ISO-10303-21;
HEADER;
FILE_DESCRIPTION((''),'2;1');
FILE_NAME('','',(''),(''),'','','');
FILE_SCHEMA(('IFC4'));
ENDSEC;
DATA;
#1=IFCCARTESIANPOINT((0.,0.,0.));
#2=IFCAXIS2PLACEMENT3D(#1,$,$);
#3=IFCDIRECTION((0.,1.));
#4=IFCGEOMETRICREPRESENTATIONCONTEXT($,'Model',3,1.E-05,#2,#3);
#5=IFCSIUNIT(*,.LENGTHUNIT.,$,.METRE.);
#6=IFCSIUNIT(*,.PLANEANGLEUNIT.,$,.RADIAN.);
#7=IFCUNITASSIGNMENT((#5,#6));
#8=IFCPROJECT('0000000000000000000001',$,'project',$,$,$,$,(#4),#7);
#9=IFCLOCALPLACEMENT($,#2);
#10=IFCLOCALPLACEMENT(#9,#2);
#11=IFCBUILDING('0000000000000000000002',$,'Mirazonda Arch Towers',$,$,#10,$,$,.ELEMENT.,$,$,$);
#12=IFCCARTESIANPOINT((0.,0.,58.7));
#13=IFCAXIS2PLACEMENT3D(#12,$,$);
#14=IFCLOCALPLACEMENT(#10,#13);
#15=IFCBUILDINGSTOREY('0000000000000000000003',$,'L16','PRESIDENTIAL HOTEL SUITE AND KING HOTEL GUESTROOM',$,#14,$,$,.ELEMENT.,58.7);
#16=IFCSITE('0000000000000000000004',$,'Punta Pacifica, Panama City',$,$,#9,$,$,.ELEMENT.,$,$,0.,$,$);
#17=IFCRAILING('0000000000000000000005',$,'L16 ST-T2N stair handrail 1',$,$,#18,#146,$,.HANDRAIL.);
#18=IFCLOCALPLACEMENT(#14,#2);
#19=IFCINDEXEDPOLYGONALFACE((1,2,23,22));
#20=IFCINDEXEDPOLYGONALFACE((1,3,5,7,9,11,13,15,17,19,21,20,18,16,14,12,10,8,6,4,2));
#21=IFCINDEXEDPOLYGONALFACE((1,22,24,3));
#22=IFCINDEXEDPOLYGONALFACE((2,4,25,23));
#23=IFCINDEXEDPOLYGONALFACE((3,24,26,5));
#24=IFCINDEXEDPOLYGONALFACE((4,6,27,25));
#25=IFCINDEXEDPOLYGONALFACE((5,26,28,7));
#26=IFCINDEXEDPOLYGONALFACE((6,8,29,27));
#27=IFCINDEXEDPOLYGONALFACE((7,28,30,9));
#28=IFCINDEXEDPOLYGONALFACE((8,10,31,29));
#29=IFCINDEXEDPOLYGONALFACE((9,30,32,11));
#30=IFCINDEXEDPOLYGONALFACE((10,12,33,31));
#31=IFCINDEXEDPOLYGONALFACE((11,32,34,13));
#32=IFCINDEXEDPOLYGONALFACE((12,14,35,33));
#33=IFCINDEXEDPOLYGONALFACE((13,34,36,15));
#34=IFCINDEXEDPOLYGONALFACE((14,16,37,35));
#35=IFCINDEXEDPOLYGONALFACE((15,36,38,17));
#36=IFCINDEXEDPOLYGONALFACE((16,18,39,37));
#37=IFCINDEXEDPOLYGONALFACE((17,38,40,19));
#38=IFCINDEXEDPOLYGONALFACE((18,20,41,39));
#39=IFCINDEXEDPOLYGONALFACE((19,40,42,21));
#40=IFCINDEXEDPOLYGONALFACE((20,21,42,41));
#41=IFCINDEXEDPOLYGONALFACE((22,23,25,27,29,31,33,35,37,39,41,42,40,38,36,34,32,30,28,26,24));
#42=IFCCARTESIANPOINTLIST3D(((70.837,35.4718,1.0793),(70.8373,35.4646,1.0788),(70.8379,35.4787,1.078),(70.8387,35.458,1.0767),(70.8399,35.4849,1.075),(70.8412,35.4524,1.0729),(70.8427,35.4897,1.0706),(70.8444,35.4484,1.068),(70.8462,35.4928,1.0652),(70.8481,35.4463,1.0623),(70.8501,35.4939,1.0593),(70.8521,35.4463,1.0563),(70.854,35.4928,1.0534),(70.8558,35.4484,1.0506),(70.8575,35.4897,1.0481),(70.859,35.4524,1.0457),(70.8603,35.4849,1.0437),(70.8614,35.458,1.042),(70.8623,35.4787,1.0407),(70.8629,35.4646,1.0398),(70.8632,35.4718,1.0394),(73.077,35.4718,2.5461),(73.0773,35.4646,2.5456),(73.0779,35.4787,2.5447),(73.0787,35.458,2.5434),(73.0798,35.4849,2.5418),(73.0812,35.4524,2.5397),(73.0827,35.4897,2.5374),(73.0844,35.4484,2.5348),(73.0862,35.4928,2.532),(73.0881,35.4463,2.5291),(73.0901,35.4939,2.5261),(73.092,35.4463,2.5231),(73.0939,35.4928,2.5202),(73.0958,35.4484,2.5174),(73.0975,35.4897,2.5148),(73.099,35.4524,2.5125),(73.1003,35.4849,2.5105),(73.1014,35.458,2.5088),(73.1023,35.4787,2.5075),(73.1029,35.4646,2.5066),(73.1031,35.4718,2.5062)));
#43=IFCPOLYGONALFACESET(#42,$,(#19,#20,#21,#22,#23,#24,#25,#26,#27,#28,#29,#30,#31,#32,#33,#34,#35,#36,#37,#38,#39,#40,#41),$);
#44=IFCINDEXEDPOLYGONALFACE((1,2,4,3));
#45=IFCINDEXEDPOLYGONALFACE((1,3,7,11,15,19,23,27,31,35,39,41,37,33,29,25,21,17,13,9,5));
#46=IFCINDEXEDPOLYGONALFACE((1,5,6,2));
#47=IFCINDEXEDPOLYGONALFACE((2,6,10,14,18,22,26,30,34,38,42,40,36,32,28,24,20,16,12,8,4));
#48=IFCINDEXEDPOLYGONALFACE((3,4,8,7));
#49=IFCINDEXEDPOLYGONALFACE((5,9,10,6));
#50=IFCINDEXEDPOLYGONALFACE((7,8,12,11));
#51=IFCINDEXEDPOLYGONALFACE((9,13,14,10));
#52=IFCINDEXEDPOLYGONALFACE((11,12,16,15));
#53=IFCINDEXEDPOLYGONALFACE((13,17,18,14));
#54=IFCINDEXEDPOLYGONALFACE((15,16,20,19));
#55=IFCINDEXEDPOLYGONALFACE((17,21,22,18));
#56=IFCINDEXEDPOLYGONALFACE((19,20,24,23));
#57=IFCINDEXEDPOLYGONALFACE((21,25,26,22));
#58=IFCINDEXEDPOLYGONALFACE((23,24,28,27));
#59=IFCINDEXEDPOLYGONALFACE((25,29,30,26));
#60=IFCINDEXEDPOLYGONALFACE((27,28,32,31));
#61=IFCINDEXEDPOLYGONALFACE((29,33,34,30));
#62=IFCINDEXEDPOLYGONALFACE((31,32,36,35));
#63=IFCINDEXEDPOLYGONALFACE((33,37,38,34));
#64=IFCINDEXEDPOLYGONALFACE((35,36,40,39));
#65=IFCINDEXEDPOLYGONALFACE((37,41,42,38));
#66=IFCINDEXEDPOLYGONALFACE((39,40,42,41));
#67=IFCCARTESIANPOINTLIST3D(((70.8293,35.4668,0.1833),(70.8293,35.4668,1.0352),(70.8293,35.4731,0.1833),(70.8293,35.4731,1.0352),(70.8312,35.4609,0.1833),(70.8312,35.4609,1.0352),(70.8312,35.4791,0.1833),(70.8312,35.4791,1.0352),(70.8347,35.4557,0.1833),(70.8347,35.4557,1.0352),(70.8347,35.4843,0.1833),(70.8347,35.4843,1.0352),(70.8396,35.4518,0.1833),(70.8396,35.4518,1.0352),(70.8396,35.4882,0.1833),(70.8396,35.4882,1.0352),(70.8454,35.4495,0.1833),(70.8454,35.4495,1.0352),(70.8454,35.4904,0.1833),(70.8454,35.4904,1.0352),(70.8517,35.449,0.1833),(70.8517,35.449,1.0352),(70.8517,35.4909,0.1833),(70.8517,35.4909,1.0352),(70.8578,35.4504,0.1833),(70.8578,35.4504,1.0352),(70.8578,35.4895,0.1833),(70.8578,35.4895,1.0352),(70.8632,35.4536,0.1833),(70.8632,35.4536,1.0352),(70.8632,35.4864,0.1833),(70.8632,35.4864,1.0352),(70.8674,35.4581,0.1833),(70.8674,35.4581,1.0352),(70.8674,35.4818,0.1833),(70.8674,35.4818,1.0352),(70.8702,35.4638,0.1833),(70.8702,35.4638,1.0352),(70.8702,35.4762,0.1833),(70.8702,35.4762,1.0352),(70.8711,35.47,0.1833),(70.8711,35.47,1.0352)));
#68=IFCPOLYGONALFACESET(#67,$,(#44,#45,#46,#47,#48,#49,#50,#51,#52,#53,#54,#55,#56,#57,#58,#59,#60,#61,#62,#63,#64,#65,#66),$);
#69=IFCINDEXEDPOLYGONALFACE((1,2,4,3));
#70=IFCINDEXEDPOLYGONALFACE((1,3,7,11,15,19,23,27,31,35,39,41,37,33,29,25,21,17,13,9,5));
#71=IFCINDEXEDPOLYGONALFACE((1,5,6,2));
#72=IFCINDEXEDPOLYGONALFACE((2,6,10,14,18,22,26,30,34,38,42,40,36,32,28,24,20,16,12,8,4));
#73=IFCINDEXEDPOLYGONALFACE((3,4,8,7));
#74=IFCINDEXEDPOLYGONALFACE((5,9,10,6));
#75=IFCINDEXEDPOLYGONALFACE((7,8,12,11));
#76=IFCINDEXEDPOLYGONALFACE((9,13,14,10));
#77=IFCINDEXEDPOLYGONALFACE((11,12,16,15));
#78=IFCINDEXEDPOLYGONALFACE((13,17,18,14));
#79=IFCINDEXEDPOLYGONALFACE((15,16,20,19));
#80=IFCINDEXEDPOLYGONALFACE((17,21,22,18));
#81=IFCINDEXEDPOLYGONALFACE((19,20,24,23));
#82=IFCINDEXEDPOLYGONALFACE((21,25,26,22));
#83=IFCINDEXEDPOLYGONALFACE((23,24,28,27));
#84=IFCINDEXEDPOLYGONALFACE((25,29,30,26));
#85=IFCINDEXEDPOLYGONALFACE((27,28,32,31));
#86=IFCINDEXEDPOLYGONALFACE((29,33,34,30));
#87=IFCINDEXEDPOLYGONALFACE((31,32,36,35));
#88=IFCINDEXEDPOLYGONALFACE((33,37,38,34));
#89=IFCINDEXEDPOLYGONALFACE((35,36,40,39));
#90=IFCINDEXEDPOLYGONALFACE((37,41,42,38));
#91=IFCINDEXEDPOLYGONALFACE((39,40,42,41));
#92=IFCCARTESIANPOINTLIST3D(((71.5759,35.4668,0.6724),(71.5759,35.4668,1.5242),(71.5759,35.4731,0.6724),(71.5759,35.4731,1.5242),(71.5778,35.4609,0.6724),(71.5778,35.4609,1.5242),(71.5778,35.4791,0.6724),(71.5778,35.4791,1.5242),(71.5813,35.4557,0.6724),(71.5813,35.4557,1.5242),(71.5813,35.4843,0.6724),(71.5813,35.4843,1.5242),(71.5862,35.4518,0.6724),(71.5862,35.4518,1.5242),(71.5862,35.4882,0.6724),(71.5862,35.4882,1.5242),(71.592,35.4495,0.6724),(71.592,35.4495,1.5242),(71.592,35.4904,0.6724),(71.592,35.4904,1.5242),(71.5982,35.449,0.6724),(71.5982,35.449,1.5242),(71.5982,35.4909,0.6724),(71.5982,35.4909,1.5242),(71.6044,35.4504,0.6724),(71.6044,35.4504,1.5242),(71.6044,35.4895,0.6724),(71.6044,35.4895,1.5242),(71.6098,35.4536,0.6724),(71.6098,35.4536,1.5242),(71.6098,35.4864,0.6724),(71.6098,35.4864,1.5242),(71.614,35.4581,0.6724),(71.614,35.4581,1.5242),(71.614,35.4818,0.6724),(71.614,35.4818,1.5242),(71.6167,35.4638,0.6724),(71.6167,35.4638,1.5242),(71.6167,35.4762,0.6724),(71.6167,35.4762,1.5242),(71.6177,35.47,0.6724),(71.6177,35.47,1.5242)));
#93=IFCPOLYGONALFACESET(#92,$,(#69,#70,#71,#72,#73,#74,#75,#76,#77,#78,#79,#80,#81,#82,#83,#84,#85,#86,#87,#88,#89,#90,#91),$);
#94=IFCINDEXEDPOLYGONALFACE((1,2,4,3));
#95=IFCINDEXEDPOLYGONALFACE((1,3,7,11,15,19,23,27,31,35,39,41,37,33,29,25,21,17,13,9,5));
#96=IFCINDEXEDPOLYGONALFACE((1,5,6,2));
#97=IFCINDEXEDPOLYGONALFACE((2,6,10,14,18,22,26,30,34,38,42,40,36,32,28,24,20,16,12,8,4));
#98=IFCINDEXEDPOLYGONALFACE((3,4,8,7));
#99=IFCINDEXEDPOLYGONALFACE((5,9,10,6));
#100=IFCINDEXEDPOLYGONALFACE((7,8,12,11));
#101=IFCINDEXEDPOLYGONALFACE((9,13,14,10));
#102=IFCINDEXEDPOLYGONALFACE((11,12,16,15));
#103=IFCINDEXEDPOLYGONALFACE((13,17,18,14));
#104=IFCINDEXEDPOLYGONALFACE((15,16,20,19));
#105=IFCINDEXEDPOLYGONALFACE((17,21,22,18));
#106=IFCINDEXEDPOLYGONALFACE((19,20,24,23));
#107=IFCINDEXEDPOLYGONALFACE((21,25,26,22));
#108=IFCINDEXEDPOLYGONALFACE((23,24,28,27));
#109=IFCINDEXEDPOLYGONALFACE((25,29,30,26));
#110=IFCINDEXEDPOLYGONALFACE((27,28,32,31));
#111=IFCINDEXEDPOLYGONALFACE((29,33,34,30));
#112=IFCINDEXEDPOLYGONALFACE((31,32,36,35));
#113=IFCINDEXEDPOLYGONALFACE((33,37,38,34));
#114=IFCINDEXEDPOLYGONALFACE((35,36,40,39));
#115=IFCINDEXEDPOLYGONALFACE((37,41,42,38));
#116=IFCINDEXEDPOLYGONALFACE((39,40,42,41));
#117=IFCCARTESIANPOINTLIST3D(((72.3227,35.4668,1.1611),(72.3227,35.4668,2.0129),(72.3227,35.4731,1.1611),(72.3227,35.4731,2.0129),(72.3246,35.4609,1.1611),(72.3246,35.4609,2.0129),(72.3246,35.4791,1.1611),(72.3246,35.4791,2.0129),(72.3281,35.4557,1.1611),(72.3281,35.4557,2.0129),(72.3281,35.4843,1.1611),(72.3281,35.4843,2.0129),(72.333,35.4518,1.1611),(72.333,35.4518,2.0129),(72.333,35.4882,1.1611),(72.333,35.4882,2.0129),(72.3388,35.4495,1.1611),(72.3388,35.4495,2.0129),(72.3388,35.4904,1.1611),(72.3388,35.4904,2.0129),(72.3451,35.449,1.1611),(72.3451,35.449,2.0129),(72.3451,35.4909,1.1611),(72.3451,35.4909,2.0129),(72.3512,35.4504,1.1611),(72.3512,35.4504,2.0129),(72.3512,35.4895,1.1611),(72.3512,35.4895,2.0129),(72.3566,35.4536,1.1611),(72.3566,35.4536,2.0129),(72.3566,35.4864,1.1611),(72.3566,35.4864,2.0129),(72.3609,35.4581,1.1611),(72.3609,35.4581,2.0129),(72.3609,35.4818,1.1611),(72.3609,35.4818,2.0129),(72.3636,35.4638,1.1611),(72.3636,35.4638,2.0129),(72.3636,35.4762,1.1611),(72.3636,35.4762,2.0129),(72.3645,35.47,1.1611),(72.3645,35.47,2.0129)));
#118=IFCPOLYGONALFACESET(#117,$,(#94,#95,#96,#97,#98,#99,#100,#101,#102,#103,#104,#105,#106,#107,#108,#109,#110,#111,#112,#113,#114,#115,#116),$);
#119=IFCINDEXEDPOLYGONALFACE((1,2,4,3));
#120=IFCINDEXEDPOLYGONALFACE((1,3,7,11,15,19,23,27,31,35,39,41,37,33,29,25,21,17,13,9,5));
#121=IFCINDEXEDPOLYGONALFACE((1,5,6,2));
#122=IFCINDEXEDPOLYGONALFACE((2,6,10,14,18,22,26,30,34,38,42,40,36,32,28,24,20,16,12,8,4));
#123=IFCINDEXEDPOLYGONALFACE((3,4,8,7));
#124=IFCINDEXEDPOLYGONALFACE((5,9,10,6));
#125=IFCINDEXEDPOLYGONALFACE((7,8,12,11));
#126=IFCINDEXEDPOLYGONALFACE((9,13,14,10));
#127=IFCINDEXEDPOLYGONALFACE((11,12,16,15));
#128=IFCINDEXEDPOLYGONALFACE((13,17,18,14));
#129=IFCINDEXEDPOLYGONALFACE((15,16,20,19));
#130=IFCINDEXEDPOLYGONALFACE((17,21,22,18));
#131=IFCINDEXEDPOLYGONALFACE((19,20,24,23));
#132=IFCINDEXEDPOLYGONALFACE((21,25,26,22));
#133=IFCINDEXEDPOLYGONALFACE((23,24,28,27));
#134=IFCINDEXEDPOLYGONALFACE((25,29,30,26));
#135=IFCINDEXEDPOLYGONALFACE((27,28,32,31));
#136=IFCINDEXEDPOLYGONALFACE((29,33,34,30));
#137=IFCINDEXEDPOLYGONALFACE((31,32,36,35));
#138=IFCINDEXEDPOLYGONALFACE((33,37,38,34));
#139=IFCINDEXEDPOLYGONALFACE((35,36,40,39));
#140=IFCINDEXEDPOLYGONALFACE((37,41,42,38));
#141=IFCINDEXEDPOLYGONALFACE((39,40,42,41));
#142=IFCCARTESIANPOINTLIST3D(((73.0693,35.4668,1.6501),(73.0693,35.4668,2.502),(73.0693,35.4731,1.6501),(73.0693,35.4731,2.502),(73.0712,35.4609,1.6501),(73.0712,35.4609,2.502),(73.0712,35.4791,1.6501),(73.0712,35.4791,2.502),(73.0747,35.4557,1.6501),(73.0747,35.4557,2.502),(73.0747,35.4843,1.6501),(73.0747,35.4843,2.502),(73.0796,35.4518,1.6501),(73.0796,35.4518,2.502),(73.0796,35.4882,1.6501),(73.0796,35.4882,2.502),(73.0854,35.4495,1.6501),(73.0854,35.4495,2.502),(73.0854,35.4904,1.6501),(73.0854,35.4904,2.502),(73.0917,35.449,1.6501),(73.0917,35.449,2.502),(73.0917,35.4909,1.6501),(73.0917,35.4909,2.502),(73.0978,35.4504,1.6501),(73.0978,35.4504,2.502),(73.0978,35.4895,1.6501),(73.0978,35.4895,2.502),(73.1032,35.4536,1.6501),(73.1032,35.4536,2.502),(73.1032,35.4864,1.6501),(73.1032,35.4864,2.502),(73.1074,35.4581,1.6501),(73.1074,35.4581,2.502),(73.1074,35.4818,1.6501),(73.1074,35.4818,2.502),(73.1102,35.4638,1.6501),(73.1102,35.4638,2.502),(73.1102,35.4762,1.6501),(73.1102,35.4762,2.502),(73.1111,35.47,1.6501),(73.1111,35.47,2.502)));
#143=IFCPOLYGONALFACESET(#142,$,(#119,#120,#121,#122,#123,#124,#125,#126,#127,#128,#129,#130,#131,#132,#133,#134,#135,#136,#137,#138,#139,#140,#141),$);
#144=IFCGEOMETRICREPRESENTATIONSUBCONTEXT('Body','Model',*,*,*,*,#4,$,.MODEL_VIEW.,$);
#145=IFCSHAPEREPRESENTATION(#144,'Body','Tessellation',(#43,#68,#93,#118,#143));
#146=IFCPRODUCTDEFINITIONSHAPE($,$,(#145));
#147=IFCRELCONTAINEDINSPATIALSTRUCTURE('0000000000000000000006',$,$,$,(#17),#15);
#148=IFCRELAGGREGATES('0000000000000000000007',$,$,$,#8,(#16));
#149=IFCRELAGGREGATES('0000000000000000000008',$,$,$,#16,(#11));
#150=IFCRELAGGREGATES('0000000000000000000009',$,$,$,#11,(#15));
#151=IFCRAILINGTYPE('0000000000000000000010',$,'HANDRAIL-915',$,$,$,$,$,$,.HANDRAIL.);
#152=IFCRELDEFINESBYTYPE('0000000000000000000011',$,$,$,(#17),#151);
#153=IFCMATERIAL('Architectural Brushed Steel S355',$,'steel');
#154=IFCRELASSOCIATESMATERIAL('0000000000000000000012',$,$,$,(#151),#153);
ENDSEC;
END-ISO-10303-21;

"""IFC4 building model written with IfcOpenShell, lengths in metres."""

from ifc_helpers import new_model, si_unit, direction, frame, origin, origin_2d, place, context, subcontext, project, spatial, circle, extrude, material, type_object, element, save


model = new_model("IFC4")

# Units and contexts
model_context = context("Model", 3, precision=1e-05, world=origin(), true_north=direction((0.0, 1.0)))
body_context = subcontext(model_context, "Body", "Model", "MODEL_VIEW")
ifc_project = project(units=[si_unit("LENGTHUNIT", "METRE"), si_unit("PLANEANGLEUNIT", "RADIAN")], contexts=[model_context])

# Site, building, storey
site_placement = place(None, origin())
site = spatial("IfcSite", under=ifc_project, at=site_placement, Name="Punta Pacifica, Panama City", CompositionType="ELEMENT", RefElevation=0.0)
building_placement = place(site_placement, origin())
building = spatial("IfcBuilding", under=site, at=building_placement, Name="Mirazonda Arch Towers", CompositionType="ELEMENT")
storey_placement = place(building_placement, frame((0.0, 0.0, 58.7)))
storey = spatial("IfcBuildingStorey", under=building, at=storey_placement, Name="L16", Description="PRESIDENTIAL HOTEL SUITE AND KING HOTEL GUESTROOM", CompositionType="ELEMENT", Elevation=58.7)

# Shared definitions
ifc_material_1 = material(Name="Architectural Brushed Steel S355", Category="steel")

# Railing
railing_type = type_object("IfcRailingType", Name="HANDRAIL-915", PredefinedType="HANDRAIL", material=ifc_material_1)
railing_placement = place(storey_placement, frame((70.8501, 35.47, 0.1833)))
element("IfcRailing", 1, at=railing_placement, inside=storey, type_object=railing_type, Name="L16 ST-T2N stair handrail 1", PredefinedType="HANDRAIL", context=body_context, shape_type="SweptSolid", body=[
    extrude(circle(Radius=0.0239, at=origin_2d()), frame((0.0, 0.0, 0.876), z_axis=(0.836595, 0.0, 0.547822), x_axis=(0.0, 1.0, 0.0)), (0.0, 0.0, 1.0), 2.6775),
    extrude(circle(Radius=0.021, at=origin_2d()), origin(), (0.0, 0.0, 1.0), 0.8518),
    extrude(circle(Radius=0.021, at=origin_2d()), frame((0.7466, 0.0, 0.489)), (0.0, 0.0, 1.0), 0.8518),
    extrude(circle(Radius=0.021, at=origin_2d()), frame((1.4934, 0.0, 0.9778)), (0.0, 0.0, 1.0), 0.8518),
    extrude(circle(Radius=0.021, at=origin_2d()), frame((2.24, 0.0, 1.4668)), (0.0, 0.0, 1.0), 0.8518),
])

save(model, "model.ifc")
